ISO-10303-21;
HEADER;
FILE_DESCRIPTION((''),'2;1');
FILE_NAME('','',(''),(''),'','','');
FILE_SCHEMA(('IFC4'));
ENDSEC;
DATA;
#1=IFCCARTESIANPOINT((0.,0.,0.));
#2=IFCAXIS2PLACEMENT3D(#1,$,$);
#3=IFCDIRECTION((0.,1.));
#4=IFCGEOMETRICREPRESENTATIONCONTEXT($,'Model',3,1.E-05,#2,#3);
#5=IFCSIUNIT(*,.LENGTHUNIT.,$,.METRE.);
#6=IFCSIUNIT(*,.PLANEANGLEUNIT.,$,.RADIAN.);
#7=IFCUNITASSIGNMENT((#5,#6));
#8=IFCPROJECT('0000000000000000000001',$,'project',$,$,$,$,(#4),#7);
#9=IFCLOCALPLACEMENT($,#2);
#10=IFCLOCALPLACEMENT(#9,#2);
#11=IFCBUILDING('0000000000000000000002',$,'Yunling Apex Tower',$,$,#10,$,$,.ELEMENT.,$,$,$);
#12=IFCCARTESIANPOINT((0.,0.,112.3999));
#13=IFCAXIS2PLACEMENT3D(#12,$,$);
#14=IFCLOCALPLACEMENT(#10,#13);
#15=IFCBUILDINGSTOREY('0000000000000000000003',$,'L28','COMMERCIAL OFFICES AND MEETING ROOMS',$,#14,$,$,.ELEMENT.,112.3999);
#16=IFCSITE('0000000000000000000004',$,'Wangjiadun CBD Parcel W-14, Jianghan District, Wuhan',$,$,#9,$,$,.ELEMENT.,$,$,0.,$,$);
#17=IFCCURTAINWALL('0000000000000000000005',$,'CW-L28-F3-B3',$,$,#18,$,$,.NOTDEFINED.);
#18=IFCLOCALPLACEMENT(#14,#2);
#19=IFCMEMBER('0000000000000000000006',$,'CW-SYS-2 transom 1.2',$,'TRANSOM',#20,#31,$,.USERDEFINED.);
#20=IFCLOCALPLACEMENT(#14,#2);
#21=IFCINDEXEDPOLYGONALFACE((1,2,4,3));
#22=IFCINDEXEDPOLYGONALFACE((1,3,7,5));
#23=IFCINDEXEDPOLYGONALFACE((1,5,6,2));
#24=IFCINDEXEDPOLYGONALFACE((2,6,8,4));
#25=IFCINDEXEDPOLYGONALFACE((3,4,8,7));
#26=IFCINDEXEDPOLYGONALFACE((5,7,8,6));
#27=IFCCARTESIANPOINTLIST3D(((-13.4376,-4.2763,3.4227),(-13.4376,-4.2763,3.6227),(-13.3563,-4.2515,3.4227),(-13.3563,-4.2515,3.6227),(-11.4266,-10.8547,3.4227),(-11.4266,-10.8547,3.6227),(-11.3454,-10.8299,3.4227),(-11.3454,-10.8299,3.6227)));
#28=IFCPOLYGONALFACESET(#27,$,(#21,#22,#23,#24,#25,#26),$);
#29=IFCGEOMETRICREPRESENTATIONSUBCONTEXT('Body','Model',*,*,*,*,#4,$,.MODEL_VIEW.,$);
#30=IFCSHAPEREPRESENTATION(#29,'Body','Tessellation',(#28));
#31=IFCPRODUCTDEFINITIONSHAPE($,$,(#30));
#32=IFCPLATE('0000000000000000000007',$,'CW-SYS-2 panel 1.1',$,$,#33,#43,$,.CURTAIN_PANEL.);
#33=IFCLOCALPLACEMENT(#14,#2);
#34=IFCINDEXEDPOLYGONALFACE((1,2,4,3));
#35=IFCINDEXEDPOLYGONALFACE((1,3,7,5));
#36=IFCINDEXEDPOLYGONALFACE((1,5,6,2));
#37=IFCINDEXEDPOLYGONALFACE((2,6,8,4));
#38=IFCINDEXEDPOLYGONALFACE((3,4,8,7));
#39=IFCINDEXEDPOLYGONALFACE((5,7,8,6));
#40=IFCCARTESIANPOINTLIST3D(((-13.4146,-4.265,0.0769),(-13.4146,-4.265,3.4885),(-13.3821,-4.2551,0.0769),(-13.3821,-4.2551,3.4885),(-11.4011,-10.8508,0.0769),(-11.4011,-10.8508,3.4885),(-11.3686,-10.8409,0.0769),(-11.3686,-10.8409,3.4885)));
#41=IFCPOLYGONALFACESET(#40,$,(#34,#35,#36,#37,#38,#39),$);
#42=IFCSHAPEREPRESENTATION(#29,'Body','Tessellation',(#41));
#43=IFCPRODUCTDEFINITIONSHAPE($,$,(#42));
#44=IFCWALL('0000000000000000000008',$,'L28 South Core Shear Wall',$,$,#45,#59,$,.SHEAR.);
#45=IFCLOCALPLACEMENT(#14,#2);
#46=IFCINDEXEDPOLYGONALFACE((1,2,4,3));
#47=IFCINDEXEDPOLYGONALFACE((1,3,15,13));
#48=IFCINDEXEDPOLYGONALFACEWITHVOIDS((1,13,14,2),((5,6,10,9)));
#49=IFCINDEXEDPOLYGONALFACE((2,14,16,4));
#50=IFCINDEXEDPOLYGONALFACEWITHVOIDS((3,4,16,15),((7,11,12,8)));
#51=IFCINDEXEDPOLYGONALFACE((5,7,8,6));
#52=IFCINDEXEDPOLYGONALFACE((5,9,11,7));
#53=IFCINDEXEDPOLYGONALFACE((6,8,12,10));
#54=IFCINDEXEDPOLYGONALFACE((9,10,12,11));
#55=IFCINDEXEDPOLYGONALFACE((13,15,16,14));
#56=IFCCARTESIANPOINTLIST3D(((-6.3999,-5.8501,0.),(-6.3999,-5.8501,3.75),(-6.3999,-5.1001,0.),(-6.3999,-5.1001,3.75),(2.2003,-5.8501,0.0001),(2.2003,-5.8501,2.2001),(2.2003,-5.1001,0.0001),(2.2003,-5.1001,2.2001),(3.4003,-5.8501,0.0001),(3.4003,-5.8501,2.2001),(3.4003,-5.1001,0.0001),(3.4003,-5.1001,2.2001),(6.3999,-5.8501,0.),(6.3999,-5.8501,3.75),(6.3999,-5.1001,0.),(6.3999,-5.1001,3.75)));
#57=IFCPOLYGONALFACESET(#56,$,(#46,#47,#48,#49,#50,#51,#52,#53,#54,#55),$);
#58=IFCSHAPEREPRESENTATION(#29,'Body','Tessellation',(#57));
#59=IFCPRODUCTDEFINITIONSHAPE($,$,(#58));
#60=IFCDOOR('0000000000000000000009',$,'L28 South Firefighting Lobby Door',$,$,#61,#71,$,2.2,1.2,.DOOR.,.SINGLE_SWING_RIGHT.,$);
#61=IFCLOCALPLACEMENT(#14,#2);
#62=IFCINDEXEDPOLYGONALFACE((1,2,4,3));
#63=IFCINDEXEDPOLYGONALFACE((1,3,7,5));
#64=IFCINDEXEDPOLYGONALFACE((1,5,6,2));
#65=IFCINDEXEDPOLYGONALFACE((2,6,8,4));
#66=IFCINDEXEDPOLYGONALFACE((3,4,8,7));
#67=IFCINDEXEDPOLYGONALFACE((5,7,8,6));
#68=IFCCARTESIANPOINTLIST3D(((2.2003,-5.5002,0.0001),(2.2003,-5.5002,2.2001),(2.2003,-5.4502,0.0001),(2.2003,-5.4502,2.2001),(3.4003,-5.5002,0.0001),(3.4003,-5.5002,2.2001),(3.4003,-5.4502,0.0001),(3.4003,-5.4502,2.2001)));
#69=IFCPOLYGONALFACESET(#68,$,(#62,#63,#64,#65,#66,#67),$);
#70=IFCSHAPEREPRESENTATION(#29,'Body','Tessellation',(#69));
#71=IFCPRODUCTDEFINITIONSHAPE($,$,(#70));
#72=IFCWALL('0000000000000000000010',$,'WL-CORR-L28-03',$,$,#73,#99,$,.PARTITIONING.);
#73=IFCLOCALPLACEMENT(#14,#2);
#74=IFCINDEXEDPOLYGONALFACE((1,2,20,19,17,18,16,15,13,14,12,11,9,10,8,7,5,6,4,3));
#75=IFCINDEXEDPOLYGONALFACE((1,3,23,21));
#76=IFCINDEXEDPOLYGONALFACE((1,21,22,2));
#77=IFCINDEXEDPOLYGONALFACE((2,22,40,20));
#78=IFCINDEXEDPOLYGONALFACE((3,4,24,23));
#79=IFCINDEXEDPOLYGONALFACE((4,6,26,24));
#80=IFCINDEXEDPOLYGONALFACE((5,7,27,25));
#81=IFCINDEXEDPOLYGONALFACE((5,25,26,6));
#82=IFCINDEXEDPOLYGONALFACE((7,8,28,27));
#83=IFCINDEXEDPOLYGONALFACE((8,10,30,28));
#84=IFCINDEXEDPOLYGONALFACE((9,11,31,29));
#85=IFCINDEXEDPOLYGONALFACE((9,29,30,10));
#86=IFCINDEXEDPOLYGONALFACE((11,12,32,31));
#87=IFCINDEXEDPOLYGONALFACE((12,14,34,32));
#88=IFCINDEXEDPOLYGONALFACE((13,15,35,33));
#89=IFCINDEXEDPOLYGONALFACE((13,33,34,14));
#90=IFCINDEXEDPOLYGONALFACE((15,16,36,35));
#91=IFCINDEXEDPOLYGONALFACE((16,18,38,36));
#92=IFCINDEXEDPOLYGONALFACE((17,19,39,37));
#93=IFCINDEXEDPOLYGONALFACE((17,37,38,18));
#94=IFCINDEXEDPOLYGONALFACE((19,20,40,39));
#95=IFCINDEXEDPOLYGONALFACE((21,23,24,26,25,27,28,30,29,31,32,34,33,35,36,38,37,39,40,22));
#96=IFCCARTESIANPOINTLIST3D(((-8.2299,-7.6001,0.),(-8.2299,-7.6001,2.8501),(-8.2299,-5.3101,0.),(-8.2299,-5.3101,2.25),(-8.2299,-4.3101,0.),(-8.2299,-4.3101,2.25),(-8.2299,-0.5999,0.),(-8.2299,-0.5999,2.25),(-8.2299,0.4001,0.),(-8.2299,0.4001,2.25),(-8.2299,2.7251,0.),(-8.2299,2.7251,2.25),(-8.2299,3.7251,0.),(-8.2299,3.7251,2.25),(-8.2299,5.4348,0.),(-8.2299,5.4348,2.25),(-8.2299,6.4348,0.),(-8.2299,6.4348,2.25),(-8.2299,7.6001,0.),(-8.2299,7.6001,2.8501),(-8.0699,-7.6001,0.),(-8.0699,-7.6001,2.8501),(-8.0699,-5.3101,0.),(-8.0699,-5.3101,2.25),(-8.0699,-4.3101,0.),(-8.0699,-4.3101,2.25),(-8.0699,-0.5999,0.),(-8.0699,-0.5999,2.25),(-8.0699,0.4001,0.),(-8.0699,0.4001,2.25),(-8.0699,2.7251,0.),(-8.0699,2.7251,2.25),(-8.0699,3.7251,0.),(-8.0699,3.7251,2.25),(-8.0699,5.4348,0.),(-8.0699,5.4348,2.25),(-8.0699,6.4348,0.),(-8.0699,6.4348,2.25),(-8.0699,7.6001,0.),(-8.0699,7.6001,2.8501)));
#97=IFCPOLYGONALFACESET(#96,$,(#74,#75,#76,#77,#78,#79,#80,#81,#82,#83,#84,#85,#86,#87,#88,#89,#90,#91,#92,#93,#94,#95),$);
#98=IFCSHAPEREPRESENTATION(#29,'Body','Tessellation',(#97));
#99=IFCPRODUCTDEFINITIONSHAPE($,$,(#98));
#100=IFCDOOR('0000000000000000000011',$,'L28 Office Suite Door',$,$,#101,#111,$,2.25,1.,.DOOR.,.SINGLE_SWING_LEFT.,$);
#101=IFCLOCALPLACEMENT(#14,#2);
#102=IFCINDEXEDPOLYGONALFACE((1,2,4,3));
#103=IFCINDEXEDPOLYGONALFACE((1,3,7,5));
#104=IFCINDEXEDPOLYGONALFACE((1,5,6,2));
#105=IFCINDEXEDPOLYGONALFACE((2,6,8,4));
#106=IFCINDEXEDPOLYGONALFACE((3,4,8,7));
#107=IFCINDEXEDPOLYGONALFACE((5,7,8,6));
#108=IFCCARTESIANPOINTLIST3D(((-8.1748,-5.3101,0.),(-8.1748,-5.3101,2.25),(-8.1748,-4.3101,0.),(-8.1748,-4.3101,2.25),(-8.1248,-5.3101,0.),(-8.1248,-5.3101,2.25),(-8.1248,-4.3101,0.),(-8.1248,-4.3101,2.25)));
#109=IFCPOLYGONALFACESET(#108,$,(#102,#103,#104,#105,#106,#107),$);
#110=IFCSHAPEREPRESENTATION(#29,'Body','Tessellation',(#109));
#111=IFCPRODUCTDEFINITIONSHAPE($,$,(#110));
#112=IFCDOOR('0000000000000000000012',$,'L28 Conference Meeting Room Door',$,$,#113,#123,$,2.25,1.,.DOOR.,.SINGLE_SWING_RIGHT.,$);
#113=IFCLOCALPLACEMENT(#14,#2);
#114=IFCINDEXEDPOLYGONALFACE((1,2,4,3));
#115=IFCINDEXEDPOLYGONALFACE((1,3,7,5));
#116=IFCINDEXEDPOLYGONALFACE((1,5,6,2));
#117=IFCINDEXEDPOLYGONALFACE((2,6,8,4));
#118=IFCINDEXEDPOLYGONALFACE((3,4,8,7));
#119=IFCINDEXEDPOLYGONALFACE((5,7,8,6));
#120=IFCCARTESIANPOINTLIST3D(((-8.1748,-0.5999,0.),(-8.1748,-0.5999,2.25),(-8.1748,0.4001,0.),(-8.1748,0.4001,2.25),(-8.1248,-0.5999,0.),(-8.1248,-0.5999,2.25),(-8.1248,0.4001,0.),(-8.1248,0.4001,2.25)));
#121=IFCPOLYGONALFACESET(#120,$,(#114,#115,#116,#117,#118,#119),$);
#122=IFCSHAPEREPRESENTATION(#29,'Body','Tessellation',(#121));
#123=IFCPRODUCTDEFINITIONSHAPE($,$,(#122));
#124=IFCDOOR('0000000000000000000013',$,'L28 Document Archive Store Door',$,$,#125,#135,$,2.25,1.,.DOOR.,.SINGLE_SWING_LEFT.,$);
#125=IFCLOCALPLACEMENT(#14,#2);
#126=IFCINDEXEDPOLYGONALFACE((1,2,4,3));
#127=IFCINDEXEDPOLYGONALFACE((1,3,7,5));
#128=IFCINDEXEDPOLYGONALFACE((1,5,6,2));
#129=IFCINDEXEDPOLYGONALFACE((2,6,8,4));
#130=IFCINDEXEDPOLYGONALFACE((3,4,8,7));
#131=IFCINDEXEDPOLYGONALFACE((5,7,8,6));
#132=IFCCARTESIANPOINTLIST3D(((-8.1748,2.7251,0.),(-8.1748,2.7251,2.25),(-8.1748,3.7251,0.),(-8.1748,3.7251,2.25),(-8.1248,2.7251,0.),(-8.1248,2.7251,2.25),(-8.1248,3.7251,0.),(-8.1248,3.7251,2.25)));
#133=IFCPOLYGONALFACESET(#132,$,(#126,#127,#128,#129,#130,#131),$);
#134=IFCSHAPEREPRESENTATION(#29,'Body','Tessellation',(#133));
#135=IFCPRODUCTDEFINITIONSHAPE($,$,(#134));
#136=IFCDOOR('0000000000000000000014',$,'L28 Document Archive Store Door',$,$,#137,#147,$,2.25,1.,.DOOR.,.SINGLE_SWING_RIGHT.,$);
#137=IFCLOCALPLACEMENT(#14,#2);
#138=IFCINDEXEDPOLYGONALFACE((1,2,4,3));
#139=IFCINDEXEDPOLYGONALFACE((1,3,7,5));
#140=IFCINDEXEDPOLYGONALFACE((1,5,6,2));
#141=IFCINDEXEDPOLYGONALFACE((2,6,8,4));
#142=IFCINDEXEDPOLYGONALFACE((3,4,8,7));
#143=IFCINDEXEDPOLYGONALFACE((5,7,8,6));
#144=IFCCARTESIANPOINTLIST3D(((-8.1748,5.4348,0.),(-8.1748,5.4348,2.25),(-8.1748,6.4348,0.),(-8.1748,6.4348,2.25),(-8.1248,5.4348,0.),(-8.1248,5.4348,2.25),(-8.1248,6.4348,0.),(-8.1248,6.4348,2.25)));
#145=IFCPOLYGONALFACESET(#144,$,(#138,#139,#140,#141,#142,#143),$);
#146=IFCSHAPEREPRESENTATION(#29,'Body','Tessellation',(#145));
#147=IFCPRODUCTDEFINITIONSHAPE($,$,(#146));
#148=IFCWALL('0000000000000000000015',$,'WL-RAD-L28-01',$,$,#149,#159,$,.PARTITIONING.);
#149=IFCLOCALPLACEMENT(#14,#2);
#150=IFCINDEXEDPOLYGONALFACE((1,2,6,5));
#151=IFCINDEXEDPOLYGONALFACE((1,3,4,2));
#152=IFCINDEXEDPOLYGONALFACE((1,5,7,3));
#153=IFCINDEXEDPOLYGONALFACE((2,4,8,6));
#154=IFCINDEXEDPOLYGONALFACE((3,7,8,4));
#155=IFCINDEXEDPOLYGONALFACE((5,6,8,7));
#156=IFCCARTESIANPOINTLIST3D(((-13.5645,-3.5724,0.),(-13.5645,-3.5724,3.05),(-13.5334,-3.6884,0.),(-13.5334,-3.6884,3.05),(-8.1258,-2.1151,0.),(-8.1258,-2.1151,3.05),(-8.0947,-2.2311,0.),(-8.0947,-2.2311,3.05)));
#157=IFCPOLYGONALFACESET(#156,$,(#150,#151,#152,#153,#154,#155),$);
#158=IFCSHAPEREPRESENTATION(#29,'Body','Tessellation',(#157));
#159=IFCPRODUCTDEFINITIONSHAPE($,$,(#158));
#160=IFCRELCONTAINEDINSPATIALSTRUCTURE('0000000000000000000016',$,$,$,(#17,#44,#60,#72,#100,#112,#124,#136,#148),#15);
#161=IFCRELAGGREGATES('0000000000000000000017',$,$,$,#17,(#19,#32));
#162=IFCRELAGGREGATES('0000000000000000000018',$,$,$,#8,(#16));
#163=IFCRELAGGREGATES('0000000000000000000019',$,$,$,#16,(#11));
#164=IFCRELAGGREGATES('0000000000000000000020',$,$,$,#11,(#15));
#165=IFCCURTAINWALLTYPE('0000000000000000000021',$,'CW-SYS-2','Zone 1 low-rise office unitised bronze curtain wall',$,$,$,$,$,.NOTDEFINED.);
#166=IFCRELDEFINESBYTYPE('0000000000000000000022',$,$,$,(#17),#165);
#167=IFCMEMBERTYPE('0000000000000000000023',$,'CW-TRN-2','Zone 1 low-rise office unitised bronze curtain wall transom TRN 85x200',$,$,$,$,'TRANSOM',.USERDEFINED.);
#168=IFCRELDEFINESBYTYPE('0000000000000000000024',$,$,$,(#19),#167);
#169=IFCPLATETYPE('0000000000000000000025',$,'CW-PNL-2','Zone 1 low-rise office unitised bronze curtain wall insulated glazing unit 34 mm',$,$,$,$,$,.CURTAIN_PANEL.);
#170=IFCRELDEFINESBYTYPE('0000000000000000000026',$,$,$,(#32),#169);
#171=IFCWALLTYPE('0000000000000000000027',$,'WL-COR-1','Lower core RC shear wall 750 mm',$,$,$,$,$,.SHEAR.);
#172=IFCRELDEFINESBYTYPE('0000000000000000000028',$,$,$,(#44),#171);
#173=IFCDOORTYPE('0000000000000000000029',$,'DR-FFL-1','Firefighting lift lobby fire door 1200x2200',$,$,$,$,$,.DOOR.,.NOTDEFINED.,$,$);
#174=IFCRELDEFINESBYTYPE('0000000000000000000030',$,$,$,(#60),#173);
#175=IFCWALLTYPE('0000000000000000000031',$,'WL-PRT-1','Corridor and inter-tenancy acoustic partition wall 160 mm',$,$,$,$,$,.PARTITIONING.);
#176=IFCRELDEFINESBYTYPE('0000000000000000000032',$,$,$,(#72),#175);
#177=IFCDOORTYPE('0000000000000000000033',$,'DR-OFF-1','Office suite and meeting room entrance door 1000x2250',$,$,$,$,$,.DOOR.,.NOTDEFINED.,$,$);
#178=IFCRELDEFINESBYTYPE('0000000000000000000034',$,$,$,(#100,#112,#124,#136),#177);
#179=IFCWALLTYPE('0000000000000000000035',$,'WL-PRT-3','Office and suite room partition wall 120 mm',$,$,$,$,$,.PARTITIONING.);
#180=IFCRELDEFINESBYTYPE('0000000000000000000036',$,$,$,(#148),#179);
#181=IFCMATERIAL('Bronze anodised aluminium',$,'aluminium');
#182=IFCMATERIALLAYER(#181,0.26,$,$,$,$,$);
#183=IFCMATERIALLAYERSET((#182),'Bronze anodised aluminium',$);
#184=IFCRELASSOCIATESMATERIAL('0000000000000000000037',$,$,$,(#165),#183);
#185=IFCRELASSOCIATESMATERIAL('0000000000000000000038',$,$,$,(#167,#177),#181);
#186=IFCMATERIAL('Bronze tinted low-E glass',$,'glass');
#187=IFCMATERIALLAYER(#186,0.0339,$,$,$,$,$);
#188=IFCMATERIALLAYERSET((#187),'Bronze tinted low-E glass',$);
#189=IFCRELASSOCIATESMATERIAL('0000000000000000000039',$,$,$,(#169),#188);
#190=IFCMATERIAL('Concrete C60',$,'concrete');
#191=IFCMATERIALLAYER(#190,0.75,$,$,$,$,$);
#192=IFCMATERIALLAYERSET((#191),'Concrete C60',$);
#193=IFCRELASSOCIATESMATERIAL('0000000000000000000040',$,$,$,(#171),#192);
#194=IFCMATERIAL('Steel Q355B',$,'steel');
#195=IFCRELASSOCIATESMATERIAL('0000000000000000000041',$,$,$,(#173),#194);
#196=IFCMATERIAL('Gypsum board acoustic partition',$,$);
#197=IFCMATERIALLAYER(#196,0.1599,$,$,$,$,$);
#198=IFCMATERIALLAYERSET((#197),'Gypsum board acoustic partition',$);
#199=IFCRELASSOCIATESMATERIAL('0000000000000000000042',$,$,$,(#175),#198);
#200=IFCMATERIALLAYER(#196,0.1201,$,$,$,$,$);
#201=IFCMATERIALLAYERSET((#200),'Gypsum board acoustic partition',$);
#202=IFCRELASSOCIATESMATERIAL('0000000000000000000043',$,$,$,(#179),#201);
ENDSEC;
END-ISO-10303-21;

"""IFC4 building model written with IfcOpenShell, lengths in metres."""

from ifc_helpers import new_model, si_unit, direction, frame, frame_2d, origin, origin_2d, place, context, subcontext, project, spatial, rectangle, extrude, source, transform, mapped, material, layer, layer_set, material_profile, profile_set, type_object, element, fill, aggregate, save


model = new_model("IFC4")

# Units and contexts
model_context = context("Model", 3, precision=1e-05, world=origin(), true_north=direction((0.0, 1.0)))
body_context = subcontext(model_context, "Body", "Model", "MODEL_VIEW")
ifc_project = project(units=[si_unit("LENGTHUNIT", "METRE"), si_unit("PLANEANGLEUNIT", "RADIAN")], contexts=[model_context])

# Site, building, storey
site_placement = place(None, origin())
site = spatial("IfcSite", under=ifc_project, at=site_placement, Name="Wangjiadun CBD Parcel W-14, Jianghan District, Wuhan", CompositionType="ELEMENT", RefElevation=0.0)
building_placement = place(site_placement, origin())
building = spatial("IfcBuilding", under=site, at=building_placement, Name="Yunling Apex Tower", CompositionType="ELEMENT")
storey_placement = place(building_placement, frame((0.0, 0.0, 112.3999)))
storey = spatial("IfcBuildingStorey", under=building, at=storey_placement, Name="L28", Description="COMMERCIAL OFFICES AND MEETING ROOMS", CompositionType="ELEMENT", Elevation=112.3999)

# Shared definitions
ifc_material_1 = material(Name="Steel Q355B", Category="steel")

# Shared definitions
ifc_material_2 = material(Name="Bronze anodised aluminium", Category="aluminium")
ifc_layer_1 = layer(ifc_material_2, 0.26)
ifc_layer_set_1 = layer_set([ifc_layer_1], Name="Bronze anodised aluminium")
curtain_wall_type = type_object("IfcCurtainWallType", Name="CW-SYS-2", Description="Zone 1 low-rise office unitised bronze curtain wall", PredefinedType="NOTDEFINED", material=ifc_layer_set_1)

# Curtain wall, member, plate
curtain_wall_1_placement = place(storey_placement, origin())
curtain_wall_1 = element("IfcCurtainWall", 1, at=curtain_wall_1_placement, inside=storey, type_object=curtain_wall_type, Name="CW-L28-F3-B3", PredefinedType="NOTDEFINED")
ifc_material_profile_1 = material_profile(ifc_material_2, rectangle(XDim=0.085, YDim=0.2, at=origin_2d()))
ifc_profile_set_1 = profile_set([ifc_material_profile_1], Name="Bronze anodised aluminium")
member_type_1 = type_object("IfcMemberType", Name="CW-TRN-2", Description="Zone 1 low-rise office unitised bronze curtain wall transom TRN 85x200", ElementType="TRANSOM", PredefinedType="USERDEFINED", material=ifc_profile_set_1)
shared_shape_1 = source(origin(), body_context, "Body", "SweptSolid", [
    extrude(rectangle(XDim=0.085, YDim=0.2, at=origin_2d()), origin(), (0.0, 0.0, 1.0), 6.8789),
])
member_1_placement = place(storey_placement, frame((-13.397, -4.2639, 3.5227), z_axis=(0.292342, -0.956314, 0.0), x_axis=(0.956314, 0.292342, 0.0)))
member_1 = element("IfcMember", 2, at=member_1_placement, type_object=member_type_1, Name="CW-SYS-2 transom 1.2", ObjectType="TRANSOM", PredefinedType="USERDEFINED", context=body_context, shape_type="MappedRepresentation", body=[
    mapped(shared_shape_1, transform((0.0, 0.0, 0.0), scale=1.0)),
])
ifc_material_3 = material(Name="Bronze tinted low-E glass", Category="glass")
ifc_layer_2 = layer(ifc_material_3, 0.0339)
ifc_layer_set_2 = layer_set([ifc_layer_2], Name="Bronze tinted low-E glass")
plate_type = type_object("IfcPlateType", Name="CW-PNL-2", Description="Zone 1 low-rise office unitised bronze curtain wall insulated glazing unit 34 mm", PredefinedType="CURTAIN_PANEL", material=ifc_layer_set_2)
shared_shape_2 = source(origin(), body_context, "Body", "SweptSolid", [
    extrude(rectangle(XDim=6.8867, YDim=0.0339, at=origin_2d()), origin(), (0.0, 0.0, 1.0), 3.4116),
])
plate_placement = place(storey_placement, frame((-12.3916, -7.553, 0.0769), z_axis=(0.0, 0.0, 1.0), x_axis=(0.292373, -0.956304, 0.0)))
plate = element("IfcPlate", 3, at=plate_placement, type_object=plate_type, Name="CW-SYS-2 panel 1.1", PredefinedType="CURTAIN_PANEL", context=body_context, shape_type="MappedRepresentation", body=[
    mapped(shared_shape_2, transform((0.0, 0.0, 0.0), scale=1.0)),
])
aggregate(curtain_wall_1, [member_1, plate])

# Wall, opening, door
ifc_material_4 = material(Name="Concrete C60", Category="concrete")
ifc_layer_3 = layer(ifc_material_4, 0.75)
ifc_layer_set_3 = layer_set([ifc_layer_3], Name="Concrete C60")
wall_type_1 = type_object("IfcWallType", Name="WL-COR-1", Description="Lower core RC shear wall 750 mm", PredefinedType="SHEAR", material=ifc_layer_set_3)
wall_1_placement = place(storey_placement, frame((-6.3999, -5.4751, 0.0), z_axis=(0.0, 0.0, 1.0), x_axis=(1.0, 0.0, 0.0)))
wall_1 = element("IfcWall", 4, at=wall_1_placement, inside=storey, type_object=wall_type_1, Name="L28 South Core Shear Wall", PredefinedType="SHEAR", context=body_context, shape_type="SweptSolid", body=[
    extrude(rectangle(XDim=12.7998, YDim=0.75, at=frame_2d((6.3999, 0.0))), origin(), (0.0, 0.0, 1.0), 3.75),
])
opening_1_placement = place(wall_1_placement, frame((8.6001, 0.0, 0.0)))
opening_1 = element("IfcOpeningElement", 5, at=opening_1_placement, cuts=wall_1, PredefinedType="OPENING", context=body_context, shape_type="SweptSolid", body=[
    extrude(rectangle(XDim=1.2, YDim=2.2, at=frame_2d((0.6001, 1.1001))), frame((0.0, 0.385, 0.0), z_axis=(0.0, -1.0, 0.0), x_axis=(1.0, 0.0, 0.0)), (0.0, 0.0, 1.0), 0.77),
])
door_type_1 = type_object("IfcDoorType", Name="DR-FFL-1", Description="Firefighting lift lobby fire door 1200x2200", OperationType="NOTDEFINED", PredefinedType="DOOR", material=ifc_material_1)
door_1_placement = place(opening_1_placement, origin())
door_1 = element("IfcDoor", 6, at=door_1_placement, inside=storey, type_object=door_type_1, Name="L28 South Firefighting Lobby Door", OperationType="SINGLE_SWING_RIGHT", OverallHeight=2.2, OverallWidth=1.2, PredefinedType="DOOR", context=body_context, shape_type="SweptSolid", body=[
    extrude(rectangle(XDim=1.2, YDim=2.2, at=frame_2d((0.6001, 1.1001))), frame((0.0, 0.0249, 0.0), z_axis=(0.0, -1.0, 0.0), x_axis=(1.0, 0.0, 0.0)), (0.0, 0.0, 1.0), 0.05),
])
fill(opening_1, door_1)

# Wall, openings, doors
ifc_material_5 = material(Name="Gypsum board acoustic partition")
ifc_layer_4 = layer(ifc_material_5, 0.1599)
ifc_layer_set_4 = layer_set([ifc_layer_4], Name="Gypsum board acoustic partition")
wall_type_2 = type_object("IfcWallType", Name="WL-PRT-1", Description="Corridor and inter-tenancy acoustic partition wall 160 mm", PredefinedType="PARTITIONING", material=ifc_layer_set_4)
wall_2_placement = place(storey_placement, frame((-8.1499, -7.6001, 0.0), z_axis=(0.0, 0.0, 1.0), x_axis=(0.0, 1.0, 0.0)))
wall_2 = element("IfcWall", 7, at=wall_2_placement, inside=storey, type_object=wall_type_2, Name="WL-CORR-L28-03", PredefinedType="PARTITIONING", context=body_context, shape_type="SweptSolid", body=[
    extrude(rectangle(XDim=15.2002, YDim=0.1599, at=frame_2d((7.6001, 0.0))), origin(), (0.0, 0.0, 1.0), 2.8501),
])
opening_2_placement = place(wall_2_placement, frame((2.29, 0.0, 0.0)))
opening_2 = element("IfcOpeningElement", 8, at=opening_2_placement, cuts=wall_2, PredefinedType="OPENING", context=body_context, shape_type="SweptSolid", body=[
    extrude(rectangle(XDim=1.0, YDim=2.25, at=frame_2d((0.5, 1.125))), frame((0.0, 0.0898, 0.0), z_axis=(0.0, -1.0, 0.0), x_axis=(1.0, 0.0, 0.0)), (0.0, 0.0, 1.0), 0.1799),
])
opening_3_placement = place(wall_2_placement, frame((7.0002, 0.0, 0.0)))
opening_3 = element("IfcOpeningElement", 9, at=opening_3_placement, cuts=wall_2, PredefinedType="OPENING", context=body_context, shape_type="SweptSolid", body=[
    extrude(rectangle(XDim=1.0, YDim=2.25, at=frame_2d((0.5, 1.125))), frame((0.0, 0.0898, 0.0), z_axis=(0.0, -1.0, 0.0), x_axis=(1.0, 0.0, 0.0)), (0.0, 0.0, 1.0), 0.1799),
])
opening_4_placement = place(wall_2_placement, frame((10.3252, 0.0, 0.0)))
opening_4 = element("IfcOpeningElement", 10, at=opening_4_placement, cuts=wall_2, PredefinedType="OPENING", context=body_context, shape_type="SweptSolid", body=[
    extrude(rectangle(XDim=1.0, YDim=2.25, at=frame_2d((0.5, 1.125))), frame((0.0, 0.0898, 0.0), z_axis=(0.0, -1.0, 0.0), x_axis=(1.0, 0.0, 0.0)), (0.0, 0.0, 1.0), 0.1799),
])
opening_5_placement = place(wall_2_placement, frame((13.0349, 0.0, 0.0)))
opening_5 = element("IfcOpeningElement", 11, at=opening_5_placement, cuts=wall_2, PredefinedType="OPENING", context=body_context, shape_type="SweptSolid", body=[
    extrude(rectangle(XDim=1.0, YDim=2.25, at=frame_2d((0.5, 1.125))), frame((0.0, 0.0898, 0.0), z_axis=(0.0, -1.0, 0.0), x_axis=(1.0, 0.0, 0.0)), (0.0, 0.0, 1.0), 0.1799),
])
door_type_2 = type_object("IfcDoorType", Name="DR-OFF-1", Description="Office suite and meeting room entrance door 1000x2250", OperationType="NOTDEFINED", PredefinedType="DOOR", material=ifc_material_2)
door_2_placement = place(opening_2_placement, origin())
door_2 = element("IfcDoor", 12, at=door_2_placement, inside=storey, type_object=door_type_2, Name="L28 Office Suite Door", OperationType="SINGLE_SWING_LEFT", OverallHeight=2.25, OverallWidth=1.0, PredefinedType="DOOR", context=body_context, shape_type="SweptSolid", body=[
    extrude(rectangle(XDim=1.0, YDim=2.25, at=frame_2d((0.5, 1.125))), frame((0.0, 0.0249, 0.0), z_axis=(0.0, -1.0, 0.0), x_axis=(1.0, 0.0, 0.0)), (0.0, 0.0, 1.0), 0.05),
])
fill(opening_2, door_2)
door_3_placement = place(opening_3_placement, origin())
door_3 = element("IfcDoor", 13, at=door_3_placement, inside=storey, type_object=door_type_2, Name="L28 Conference Meeting Room Door", OperationType="SINGLE_SWING_RIGHT", OverallHeight=2.25, OverallWidth=1.0, PredefinedType="DOOR", context=body_context, shape_type="SweptSolid", body=[
    extrude(rectangle(XDim=1.0, YDim=2.25, at=frame_2d((0.5, 1.125))), frame((0.0, 0.0249, 0.0), z_axis=(0.0, -1.0, 0.0), x_axis=(1.0, 0.0, 0.0)), (0.0, 0.0, 1.0), 0.05),
])
fill(opening_3, door_3)
door_4_placement = place(opening_4_placement, origin())
door_4 = element("IfcDoor", 14, at=door_4_placement, inside=storey, type_object=door_type_2, Name="L28 Document Archive Store Door", OperationType="SINGLE_SWING_LEFT", OverallHeight=2.25, OverallWidth=1.0, PredefinedType="DOOR", context=body_context, shape_type="SweptSolid", body=[
    extrude(rectangle(XDim=1.0, YDim=2.25, at=frame_2d((0.5, 1.125))), frame((0.0, 0.0249, 0.0), z_axis=(0.0, -1.0, 0.0), x_axis=(1.0, 0.0, 0.0)), (0.0, 0.0, 1.0), 0.05),
])
fill(opening_4, door_4)
door_5_placement = place(opening_5_placement, origin())
door_5 = element("IfcDoor", 15, at=door_5_placement, inside=storey, type_object=door_type_2, Name="L28 Document Archive Store Door", OperationType="SINGLE_SWING_RIGHT", OverallHeight=2.25, OverallWidth=1.0, PredefinedType="DOOR", context=body_context, shape_type="SweptSolid", body=[
    extrude(rectangle(XDim=1.0, YDim=2.25, at=frame_2d((0.5, 1.125))), frame((0.0, 0.0249, 0.0), z_axis=(0.0, -1.0, 0.0), x_axis=(1.0, 0.0, 0.0)), (0.0, 0.0, 1.0), 0.05),
])
fill(opening_5, door_5)

# Wall
ifc_layer_5 = layer(ifc_material_5, 0.1201)
ifc_layer_set_5 = layer_set([ifc_layer_5], Name="Gypsum board acoustic partition")
wall_type_3 = type_object("IfcWallType", Name="WL-PRT-3", Description="Office and suite room partition wall 120 mm", PredefinedType="PARTITIONING", material=ifc_layer_set_5)
wall_3_placement = place(storey_placement, frame((-8.1101, -2.1731, 0.0), z_axis=(0.0, 0.0, 1.0), x_axis=(-0.965927, -0.258815, 0.0)))
element("IfcWall", 16, at=wall_3_placement, inside=storey, type_object=wall_type_3, Name="WL-RAD-L28-01", PredefinedType="PARTITIONING", context=body_context, shape_type="SweptSolid", body=[
    extrude(rectangle(XDim=5.6306, YDim=0.1201, at=frame_2d((2.8154, 0.0))), origin(), (0.0, 0.0, 1.0), 3.05),
])

save(model, "model.ifc")
